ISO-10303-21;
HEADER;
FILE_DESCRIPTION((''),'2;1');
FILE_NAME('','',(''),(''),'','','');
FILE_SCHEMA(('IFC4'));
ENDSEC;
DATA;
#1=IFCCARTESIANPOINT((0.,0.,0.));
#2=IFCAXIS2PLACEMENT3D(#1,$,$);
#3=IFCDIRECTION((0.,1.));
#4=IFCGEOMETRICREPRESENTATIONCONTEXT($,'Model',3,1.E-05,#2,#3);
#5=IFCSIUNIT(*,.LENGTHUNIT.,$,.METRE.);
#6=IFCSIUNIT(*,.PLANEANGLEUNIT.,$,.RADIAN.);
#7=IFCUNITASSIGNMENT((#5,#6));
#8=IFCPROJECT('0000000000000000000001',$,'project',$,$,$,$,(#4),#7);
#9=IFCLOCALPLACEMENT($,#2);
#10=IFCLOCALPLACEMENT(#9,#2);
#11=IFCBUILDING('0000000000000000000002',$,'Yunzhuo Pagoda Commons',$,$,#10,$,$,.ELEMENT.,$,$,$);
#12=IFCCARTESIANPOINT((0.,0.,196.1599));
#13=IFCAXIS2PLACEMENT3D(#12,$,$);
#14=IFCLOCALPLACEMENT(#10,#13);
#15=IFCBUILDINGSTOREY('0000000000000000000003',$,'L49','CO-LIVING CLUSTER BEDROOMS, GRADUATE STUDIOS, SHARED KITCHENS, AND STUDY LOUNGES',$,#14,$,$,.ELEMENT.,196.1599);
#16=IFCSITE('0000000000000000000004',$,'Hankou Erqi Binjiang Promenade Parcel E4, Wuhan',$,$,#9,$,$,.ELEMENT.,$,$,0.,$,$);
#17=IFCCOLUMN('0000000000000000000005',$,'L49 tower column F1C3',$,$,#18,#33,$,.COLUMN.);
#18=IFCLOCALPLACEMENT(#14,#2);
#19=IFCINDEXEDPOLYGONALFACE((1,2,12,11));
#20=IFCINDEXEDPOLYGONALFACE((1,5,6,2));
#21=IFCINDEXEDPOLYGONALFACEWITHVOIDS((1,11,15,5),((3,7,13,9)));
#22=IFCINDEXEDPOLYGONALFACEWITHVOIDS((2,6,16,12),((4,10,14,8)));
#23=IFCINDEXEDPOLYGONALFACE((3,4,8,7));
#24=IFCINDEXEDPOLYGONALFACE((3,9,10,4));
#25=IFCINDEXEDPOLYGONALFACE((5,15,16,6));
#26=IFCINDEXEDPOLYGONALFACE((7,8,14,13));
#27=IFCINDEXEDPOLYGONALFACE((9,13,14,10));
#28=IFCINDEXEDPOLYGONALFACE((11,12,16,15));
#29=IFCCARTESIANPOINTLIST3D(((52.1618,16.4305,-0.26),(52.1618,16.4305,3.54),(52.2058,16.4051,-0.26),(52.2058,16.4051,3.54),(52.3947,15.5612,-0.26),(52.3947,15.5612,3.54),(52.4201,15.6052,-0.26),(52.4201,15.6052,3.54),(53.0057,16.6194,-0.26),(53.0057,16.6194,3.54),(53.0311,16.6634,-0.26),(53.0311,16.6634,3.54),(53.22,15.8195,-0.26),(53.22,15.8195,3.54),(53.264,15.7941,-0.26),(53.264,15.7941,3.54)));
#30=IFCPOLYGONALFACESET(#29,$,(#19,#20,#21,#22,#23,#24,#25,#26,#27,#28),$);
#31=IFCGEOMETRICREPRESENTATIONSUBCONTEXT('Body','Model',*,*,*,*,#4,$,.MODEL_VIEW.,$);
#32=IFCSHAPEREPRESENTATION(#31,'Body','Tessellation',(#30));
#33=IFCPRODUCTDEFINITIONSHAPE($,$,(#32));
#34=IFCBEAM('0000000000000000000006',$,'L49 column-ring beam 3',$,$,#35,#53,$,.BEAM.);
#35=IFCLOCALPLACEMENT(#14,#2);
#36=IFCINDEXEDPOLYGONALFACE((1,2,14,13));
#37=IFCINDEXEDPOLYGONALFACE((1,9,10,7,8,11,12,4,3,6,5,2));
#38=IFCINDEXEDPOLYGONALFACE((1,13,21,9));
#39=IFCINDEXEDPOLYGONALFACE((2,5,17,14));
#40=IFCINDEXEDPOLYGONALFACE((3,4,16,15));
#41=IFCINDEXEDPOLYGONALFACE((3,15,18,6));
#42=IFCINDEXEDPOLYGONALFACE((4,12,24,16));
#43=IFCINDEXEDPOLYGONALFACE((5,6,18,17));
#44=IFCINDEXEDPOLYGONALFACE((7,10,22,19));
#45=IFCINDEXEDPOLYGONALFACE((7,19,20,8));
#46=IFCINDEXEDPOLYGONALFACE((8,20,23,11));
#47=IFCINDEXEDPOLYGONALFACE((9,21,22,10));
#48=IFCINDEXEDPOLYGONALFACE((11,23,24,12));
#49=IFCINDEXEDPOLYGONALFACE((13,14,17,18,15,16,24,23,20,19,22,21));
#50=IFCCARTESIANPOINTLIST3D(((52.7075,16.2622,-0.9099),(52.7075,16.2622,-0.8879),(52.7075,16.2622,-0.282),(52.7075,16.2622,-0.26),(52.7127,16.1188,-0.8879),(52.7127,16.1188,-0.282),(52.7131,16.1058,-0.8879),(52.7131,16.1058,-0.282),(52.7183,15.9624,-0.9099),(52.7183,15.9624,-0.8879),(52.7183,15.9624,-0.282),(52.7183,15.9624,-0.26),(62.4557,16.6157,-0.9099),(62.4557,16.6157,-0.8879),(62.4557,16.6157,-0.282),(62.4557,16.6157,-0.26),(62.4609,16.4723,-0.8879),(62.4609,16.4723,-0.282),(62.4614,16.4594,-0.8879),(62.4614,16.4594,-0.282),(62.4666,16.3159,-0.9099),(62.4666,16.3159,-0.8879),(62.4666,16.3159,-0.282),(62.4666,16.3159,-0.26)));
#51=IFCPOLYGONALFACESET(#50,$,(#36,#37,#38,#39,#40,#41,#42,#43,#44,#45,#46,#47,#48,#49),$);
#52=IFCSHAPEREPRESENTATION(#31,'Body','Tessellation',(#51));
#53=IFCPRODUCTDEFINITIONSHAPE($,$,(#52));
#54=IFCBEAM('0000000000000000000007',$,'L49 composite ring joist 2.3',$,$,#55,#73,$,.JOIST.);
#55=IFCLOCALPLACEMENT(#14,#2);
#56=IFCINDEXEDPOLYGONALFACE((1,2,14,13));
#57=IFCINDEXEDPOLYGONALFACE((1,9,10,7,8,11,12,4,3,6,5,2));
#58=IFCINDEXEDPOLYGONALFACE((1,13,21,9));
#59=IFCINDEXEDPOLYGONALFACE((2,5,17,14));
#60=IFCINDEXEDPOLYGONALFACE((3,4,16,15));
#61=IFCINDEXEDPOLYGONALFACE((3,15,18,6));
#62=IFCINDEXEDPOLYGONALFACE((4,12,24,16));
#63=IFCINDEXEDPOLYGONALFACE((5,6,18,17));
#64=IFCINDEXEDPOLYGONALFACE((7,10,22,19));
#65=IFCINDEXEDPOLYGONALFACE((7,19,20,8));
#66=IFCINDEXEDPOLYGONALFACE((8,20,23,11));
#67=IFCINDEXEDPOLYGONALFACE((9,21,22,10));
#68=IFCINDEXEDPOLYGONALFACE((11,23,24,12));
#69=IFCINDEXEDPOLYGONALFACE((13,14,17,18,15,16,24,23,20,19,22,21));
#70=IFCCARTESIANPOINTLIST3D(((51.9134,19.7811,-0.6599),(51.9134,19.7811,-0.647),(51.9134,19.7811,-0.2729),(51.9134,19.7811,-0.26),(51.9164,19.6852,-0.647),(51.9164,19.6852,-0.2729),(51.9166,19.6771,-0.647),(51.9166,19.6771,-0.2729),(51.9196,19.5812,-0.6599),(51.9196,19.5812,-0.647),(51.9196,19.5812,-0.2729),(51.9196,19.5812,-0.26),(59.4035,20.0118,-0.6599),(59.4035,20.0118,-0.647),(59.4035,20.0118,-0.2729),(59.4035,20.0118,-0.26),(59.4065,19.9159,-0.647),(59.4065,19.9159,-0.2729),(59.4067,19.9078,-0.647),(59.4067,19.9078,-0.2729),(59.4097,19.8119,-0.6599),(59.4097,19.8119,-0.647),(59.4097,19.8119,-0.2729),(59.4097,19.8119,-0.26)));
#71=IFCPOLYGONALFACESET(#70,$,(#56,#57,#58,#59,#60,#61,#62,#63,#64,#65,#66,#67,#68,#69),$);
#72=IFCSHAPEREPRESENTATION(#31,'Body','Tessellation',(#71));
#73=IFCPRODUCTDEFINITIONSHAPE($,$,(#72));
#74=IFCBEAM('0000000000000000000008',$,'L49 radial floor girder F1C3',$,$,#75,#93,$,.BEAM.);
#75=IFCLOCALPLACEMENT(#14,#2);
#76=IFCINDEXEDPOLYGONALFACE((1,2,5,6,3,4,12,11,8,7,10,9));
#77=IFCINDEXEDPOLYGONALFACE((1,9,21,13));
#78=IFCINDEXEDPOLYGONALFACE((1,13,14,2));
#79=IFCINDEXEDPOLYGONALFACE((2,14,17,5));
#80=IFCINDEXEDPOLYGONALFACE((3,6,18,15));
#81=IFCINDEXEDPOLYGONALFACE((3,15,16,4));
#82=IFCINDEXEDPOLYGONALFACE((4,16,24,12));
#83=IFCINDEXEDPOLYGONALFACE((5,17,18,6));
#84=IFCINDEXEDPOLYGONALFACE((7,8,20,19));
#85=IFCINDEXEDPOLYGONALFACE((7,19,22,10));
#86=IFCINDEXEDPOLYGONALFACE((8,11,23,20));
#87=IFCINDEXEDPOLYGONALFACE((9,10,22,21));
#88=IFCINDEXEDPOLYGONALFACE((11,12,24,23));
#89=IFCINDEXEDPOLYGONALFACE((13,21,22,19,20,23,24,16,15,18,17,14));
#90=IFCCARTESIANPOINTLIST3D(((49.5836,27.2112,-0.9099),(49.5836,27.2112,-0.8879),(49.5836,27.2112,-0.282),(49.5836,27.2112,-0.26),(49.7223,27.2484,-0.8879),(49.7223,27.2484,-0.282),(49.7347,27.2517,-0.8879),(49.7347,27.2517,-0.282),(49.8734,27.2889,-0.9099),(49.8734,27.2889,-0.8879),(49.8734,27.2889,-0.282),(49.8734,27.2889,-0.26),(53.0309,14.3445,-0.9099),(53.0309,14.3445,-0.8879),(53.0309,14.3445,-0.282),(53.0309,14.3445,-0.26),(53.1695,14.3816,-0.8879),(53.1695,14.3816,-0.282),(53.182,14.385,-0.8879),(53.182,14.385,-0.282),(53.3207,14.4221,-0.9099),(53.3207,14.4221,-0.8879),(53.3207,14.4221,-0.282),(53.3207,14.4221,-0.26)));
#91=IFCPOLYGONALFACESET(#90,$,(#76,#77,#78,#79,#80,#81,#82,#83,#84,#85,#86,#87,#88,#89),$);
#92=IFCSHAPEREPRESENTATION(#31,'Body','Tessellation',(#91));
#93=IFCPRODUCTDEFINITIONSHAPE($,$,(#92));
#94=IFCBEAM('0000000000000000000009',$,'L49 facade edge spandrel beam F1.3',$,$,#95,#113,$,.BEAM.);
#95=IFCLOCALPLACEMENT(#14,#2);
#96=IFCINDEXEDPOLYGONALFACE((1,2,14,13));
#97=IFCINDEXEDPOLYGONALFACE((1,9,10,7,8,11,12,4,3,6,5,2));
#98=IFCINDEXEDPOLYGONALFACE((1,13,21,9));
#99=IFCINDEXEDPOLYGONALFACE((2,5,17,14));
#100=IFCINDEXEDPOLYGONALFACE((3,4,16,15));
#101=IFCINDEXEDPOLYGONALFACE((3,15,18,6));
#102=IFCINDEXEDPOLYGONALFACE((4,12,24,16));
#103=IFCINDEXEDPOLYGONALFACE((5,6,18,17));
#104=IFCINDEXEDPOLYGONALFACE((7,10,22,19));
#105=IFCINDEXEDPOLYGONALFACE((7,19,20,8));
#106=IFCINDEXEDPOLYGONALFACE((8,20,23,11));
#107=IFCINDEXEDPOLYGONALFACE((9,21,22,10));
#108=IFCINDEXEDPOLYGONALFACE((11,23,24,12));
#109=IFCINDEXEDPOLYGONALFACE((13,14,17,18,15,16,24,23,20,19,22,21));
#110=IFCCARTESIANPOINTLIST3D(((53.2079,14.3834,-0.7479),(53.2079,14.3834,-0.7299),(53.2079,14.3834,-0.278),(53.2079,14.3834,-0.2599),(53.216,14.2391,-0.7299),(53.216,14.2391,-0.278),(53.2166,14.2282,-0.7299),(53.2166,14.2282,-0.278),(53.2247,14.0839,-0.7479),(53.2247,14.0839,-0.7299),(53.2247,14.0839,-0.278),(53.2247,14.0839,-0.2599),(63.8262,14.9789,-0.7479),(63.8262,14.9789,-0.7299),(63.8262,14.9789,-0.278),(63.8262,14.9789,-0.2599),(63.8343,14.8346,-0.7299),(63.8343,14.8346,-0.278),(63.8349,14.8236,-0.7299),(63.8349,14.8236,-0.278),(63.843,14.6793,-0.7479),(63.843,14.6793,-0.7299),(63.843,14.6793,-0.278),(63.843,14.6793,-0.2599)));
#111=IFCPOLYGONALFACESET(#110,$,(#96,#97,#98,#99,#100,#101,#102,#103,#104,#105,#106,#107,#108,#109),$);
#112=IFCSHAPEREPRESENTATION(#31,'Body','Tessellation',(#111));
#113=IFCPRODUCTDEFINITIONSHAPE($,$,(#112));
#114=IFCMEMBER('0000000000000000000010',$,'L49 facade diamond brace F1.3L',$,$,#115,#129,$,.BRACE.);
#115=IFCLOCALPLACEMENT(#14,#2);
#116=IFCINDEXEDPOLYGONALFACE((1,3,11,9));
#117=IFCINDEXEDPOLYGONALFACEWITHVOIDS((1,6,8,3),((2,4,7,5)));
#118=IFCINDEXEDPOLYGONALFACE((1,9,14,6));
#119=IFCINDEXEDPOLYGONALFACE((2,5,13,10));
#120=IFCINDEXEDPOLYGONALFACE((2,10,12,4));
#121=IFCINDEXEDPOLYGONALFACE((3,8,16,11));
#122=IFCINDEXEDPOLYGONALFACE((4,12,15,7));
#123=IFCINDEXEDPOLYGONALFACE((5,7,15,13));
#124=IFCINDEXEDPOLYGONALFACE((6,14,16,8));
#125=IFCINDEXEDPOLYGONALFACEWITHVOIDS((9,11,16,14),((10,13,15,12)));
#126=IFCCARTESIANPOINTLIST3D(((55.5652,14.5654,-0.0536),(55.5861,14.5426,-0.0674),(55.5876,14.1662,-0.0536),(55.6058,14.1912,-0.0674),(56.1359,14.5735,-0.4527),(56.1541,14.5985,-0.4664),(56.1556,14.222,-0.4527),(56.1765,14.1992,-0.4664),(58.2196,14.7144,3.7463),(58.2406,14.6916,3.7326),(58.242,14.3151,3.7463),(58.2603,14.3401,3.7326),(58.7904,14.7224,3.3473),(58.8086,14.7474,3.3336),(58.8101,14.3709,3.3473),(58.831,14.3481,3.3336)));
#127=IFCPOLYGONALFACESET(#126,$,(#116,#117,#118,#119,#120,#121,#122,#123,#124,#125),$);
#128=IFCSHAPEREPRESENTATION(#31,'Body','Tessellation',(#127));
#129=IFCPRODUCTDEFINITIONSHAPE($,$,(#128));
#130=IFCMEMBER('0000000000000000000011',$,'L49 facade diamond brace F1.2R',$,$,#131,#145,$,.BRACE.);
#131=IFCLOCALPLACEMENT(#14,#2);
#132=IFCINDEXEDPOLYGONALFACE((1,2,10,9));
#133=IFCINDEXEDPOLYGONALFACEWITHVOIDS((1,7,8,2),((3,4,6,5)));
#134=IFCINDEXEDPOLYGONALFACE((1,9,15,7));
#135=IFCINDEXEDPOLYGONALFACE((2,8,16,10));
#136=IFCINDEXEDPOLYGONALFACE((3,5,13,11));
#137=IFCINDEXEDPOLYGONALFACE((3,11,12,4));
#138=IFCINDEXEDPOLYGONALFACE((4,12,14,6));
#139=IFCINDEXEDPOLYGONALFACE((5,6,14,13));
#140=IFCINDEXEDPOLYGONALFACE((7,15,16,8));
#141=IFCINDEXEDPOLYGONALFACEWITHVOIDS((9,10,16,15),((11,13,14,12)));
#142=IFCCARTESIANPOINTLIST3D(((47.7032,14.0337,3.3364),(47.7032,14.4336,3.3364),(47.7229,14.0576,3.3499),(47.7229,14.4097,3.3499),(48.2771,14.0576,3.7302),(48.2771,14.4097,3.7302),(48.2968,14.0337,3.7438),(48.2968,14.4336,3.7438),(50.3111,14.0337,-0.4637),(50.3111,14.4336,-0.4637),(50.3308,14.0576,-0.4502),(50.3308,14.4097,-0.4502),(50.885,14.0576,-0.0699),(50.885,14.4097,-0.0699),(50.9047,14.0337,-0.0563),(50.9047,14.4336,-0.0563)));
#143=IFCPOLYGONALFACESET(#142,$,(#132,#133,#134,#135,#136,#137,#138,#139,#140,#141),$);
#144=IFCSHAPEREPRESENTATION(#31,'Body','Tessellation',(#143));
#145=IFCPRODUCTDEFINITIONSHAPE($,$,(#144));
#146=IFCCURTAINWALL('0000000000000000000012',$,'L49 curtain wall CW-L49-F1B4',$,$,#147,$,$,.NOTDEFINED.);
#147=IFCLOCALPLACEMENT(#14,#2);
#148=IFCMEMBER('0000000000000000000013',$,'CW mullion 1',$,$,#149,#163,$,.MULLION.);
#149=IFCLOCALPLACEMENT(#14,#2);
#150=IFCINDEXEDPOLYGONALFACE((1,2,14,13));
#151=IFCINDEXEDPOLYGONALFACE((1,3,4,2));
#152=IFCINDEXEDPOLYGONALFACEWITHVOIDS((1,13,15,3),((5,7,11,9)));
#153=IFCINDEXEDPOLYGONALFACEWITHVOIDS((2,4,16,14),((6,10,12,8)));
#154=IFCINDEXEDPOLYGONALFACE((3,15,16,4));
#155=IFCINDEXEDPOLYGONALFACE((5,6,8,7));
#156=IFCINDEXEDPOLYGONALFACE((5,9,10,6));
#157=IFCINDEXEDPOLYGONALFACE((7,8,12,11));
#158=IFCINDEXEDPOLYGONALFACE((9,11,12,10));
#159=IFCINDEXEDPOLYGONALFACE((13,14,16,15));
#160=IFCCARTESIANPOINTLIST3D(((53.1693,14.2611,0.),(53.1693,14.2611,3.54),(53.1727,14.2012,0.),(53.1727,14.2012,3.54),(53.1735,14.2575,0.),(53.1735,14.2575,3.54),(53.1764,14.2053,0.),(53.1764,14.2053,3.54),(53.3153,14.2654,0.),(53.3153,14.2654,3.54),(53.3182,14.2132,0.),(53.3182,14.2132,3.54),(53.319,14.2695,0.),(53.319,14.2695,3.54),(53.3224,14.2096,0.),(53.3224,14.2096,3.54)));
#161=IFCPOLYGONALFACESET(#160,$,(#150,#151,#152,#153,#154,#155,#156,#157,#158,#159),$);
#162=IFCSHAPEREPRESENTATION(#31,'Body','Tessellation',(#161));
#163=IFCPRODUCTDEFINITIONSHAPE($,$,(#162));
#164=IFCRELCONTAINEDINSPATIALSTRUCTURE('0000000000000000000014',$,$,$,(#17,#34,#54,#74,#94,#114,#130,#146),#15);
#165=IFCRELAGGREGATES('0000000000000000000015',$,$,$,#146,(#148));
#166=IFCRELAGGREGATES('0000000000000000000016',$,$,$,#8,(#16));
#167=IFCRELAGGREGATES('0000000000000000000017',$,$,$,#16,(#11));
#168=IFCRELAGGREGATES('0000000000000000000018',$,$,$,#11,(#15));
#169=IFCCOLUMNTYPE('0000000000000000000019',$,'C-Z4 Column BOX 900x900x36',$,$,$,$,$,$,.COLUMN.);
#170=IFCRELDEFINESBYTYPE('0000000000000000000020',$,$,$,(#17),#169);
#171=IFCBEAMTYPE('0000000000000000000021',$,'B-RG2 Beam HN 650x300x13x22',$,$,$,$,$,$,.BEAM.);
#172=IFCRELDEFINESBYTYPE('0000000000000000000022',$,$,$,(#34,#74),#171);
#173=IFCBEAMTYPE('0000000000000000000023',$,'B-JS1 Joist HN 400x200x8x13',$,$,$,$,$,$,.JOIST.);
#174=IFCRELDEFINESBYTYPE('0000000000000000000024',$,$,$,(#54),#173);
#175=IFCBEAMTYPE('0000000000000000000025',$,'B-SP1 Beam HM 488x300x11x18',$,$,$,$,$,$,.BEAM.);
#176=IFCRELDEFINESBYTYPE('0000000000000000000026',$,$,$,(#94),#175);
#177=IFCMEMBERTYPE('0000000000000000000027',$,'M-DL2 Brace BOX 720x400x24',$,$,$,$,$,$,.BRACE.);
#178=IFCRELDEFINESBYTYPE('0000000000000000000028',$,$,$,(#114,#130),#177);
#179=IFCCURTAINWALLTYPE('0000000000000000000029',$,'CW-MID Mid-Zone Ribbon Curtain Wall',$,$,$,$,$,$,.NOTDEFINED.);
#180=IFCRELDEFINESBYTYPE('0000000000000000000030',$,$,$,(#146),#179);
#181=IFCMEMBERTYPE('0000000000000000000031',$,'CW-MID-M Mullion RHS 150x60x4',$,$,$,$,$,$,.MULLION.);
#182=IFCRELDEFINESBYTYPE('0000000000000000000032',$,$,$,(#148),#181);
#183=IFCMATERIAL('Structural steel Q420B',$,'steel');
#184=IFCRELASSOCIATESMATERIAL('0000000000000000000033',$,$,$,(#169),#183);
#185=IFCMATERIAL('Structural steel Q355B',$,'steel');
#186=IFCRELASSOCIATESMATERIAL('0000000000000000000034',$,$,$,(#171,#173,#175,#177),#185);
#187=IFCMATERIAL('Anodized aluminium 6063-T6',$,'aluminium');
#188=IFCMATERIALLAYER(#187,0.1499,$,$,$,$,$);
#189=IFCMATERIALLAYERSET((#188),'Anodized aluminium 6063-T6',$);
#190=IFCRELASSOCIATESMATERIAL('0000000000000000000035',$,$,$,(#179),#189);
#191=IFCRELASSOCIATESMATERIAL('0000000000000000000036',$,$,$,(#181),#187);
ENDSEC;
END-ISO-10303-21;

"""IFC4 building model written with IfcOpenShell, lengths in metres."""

from ifc_helpers import new_model, si_unit, direction, frame, origin, origin_2d, place, context, subcontext, project, spatial, hollow_rectangle, i_section, extrude, source, transform, mapped, material, layer, layer_set, material_profile, profile_set, type_object, element, aggregate, save


model = new_model("IFC4")

# Units and contexts
model_context = context("Model", 3, precision=1e-05, world=origin(), true_north=direction((0.0, 1.0)))
body_context = subcontext(model_context, "Body", "Model", "MODEL_VIEW")
ifc_project = project(units=[si_unit("LENGTHUNIT", "METRE"), si_unit("PLANEANGLEUNIT", "RADIAN")], contexts=[model_context])

# Site, building, storey
site_placement = place(None, origin())
site = spatial("IfcSite", under=ifc_project, at=site_placement, Name="Hankou Erqi Binjiang Promenade Parcel E4, Wuhan", CompositionType="ELEMENT", RefElevation=0.0)
building_placement = place(site_placement, origin())
building = spatial("IfcBuilding", under=site, at=building_placement, Name="Yunzhuo Pagoda Commons", CompositionType="ELEMENT")
storey_placement = place(building_placement, frame((0.0, 0.0, 196.1599)))
storey = spatial("IfcBuildingStorey", under=building, at=storey_placement, Name="L49", Description="CO-LIVING CLUSTER BEDROOMS, GRADUATE STUDIOS, SHARED KITCHENS, AND STUDY LOUNGES", CompositionType="ELEMENT", Elevation=196.1599)

# Column
ifc_material_1 = material(Name="Structural steel Q420B", Category="steel")
ifc_material_profile_1 = material_profile(ifc_material_1, hollow_rectangle(XDim=0.8999, YDim=0.8999, WallThickness=0.0359, at=origin_2d()), Name="Structural steel Q420B")
ifc_profile_set_1 = profile_set([ifc_material_profile_1], Name="Structural steel Q420B")
column_type = type_object("IfcColumnType", Name="C-Z4 Column BOX 900x900x36", PredefinedType="COLUMN", material=ifc_profile_set_1)
shared_shape_1 = source(origin(), body_context, "Body", "SweptSolid", [
    extrude(hollow_rectangle(XDim=0.8999, YDim=0.8999, WallThickness=0.0359, at=origin_2d()), origin(), (0.0, 0.0, 1.0), 3.8),
])
column_placement = place(storey_placement, frame((52.7129, 16.1123, -0.26), z_axis=(0.0, 0.0, 1.0), x_axis=(0.965926, 0.258819, 0.0)))
element("IfcColumn", 1, at=column_placement, inside=storey, type_object=column_type, Name="L49 tower column F1C3", PredefinedType="COLUMN", context=body_context, shape_type="MappedRepresentation", body=[
    mapped(shared_shape_1, transform((0.0, 0.0, 0.0), scale=1.0)),
])

# Beams
ifc_material_2 = material(Name="Structural steel Q355B", Category="steel")
ifc_material_profile_2 = material_profile(ifc_material_2, i_section(OverallWidth=0.3, OverallDepth=0.6499, WebThickness=0.0129, FlangeThickness=0.022, at=origin_2d()), Name="Structural steel Q355B")
ifc_profile_set_2 = profile_set([ifc_material_profile_2], Name="Structural steel Q355B")
beam_type_1 = type_object("IfcBeamType", Name="B-RG2 Beam HN 650x300x13x22", PredefinedType="BEAM", material=ifc_profile_set_2)
shared_shape_2 = source(origin(), body_context, "Body", "SweptSolid", [
    extrude(i_section(OverallWidth=0.3, OverallDepth=0.6499, WebThickness=0.0129, FlangeThickness=0.022, at=origin_2d()), origin(), (0.0, 0.0, 1.0), 9.7546),
])
beam_1_placement = place(storey_placement, frame((52.7129, 16.1123, -0.585), z_axis=(0.999343, 0.036241, 0.0), x_axis=(-0.036241, 0.999343, 0.0)))
element("IfcBeam", 2, at=beam_1_placement, inside=storey, type_object=beam_type_1, Name="L49 column-ring beam 3", PredefinedType="BEAM", context=body_context, shape_type="MappedRepresentation", body=[
    mapped(shared_shape_2, transform((0.0, 0.0, 0.0), scale=1.0)),
])
ifc_material_profile_3 = material_profile(ifc_material_2, i_section(OverallWidth=0.2, OverallDepth=0.3999, WebThickness=0.0081, FlangeThickness=0.0129, at=origin_2d()), Name="Structural steel Q355B")
ifc_profile_set_3 = profile_set([ifc_material_profile_3], Name="Structural steel Q355B")
beam_type_2 = type_object("IfcBeamType", Name="B-JS1 Joist HN 400x200x8x13", PredefinedType="JOIST", material=ifc_profile_set_3)
shared_shape_3 = source(origin(), body_context, "Body", "SweptSolid", [
    extrude(i_section(OverallWidth=0.2, OverallDepth=0.3999, WebThickness=0.0081, FlangeThickness=0.0129, at=origin_2d()), origin(), (0.0, 0.0, 1.0), 7.4937),
])
beam_2_placement = place(storey_placement, frame((51.9165, 19.6812, -0.46), z_axis=(0.999526, 0.030788, 0.0), x_axis=(-0.030788, 0.999526, 0.0)))
element("IfcBeam", 3, at=beam_2_placement, inside=storey, type_object=beam_type_2, Name="L49 composite ring joist 2.3", PredefinedType="JOIST", context=body_context, shape_type="MappedRepresentation", body=[
    mapped(shared_shape_3, transform((0.0, 0.0, 0.0), scale=1.0)),
])
shared_shape_4 = source(origin(), body_context, "Body", "SweptSolid", [
    extrude(i_section(OverallWidth=0.3, OverallDepth=0.6499, WebThickness=0.0129, FlangeThickness=0.022, at=origin_2d()), origin(), (0.0, 0.0, 1.0), 13.3206),
])
beam_3_placement = place(storey_placement, frame((53.1758, 14.3833, -0.585), z_axis=(-0.258794, 0.965933, 0.0), x_axis=(-0.965933, -0.258794, 0.0)))
element("IfcBeam", 4, at=beam_3_placement, inside=storey, type_object=beam_type_1, Name="L49 radial floor girder F1C3", PredefinedType="BEAM", context=body_context, shape_type="MappedRepresentation", body=[
    mapped(shared_shape_4, transform((0.0, 0.0, 0.0), scale=1.0)),
])
ifc_material_profile_4 = material_profile(ifc_material_2, i_section(OverallWidth=0.3, OverallDepth=0.488, WebThickness=0.011, FlangeThickness=0.0181, at=origin_2d()), Name="Structural steel Q355B")
ifc_profile_set_4 = profile_set([ifc_material_profile_4], Name="Structural steel Q355B")
beam_type_3 = type_object("IfcBeamType", Name="B-SP1 Beam HM 488x300x11x18", PredefinedType="BEAM", material=ifc_profile_set_4)
shared_shape_5 = source(origin(), body_context, "Body", "SweptSolid", [
    extrude(i_section(OverallWidth=0.3, OverallDepth=0.488, WebThickness=0.011, FlangeThickness=0.0181, at=origin_2d()), origin(), (0.0, 0.0, 1.0), 10.635),
])
beam_4_placement = place(storey_placement, frame((53.2163, 14.2336, -0.5039), z_axis=(0.998431, 0.05599, 0.0), x_axis=(-0.05599, 0.998431, 0.0)))
element("IfcBeam", 5, at=beam_4_placement, inside=storey, type_object=beam_type_3, Name="L49 facade edge spandrel beam F1.3", PredefinedType="BEAM", context=body_context, shape_type="MappedRepresentation", body=[
    mapped(shared_shape_5, transform((0.0, 0.0, 0.0), scale=1.0)),
])

# Members
ifc_material_profile_5 = material_profile(ifc_material_2, hollow_rectangle(XDim=0.3999, YDim=0.72, WallThickness=0.0239, at=origin_2d()), Name="Structural steel Q355B")
ifc_profile_set_5 = profile_set([ifc_material_profile_5], Name="Structural steel Q355B")
member_type_1 = type_object("IfcMemberType", Name="M-DL2 Brace BOX 720x400x24", PredefinedType="BRACE", material=ifc_profile_set_5)
shared_shape_6 = source(origin(), body_context, "Body", "SweptSolid", [
    extrude(hollow_rectangle(XDim=0.3999, YDim=0.72, WallThickness=0.0239, at=origin_2d()), origin(), (0.0, 0.0, 1.0), 4.6377),
])
member_1_placement = place(storey_placement, frame((55.8708, 14.3823, -0.26), z_axis=(0.572371, 0.032111, 0.819366), x_axis=(-0.056014, 0.99843, 0.0)))
element("IfcMember", 6, at=member_1_placement, inside=storey, type_object=member_type_1, Name="L49 facade diamond brace F1.3L", PredefinedType="BRACE", context=body_context, shape_type="MappedRepresentation", body=[
    mapped(shared_shape_6, transform((0.0, 0.0, 0.0), scale=1.0)),
])
shared_shape_7 = source(origin(), body_context, "Body", "SweptSolid", [
    extrude(hollow_rectangle(XDim=0.3999, YDim=0.72, WallThickness=0.0239, at=origin_2d()), origin(), (0.0, 0.0, 1.0), 4.6089),
])
member_2_placement = place(storey_placement, frame((50.6079, 14.2336, -0.26), z_axis=(-0.565847, 0.0, 0.82451), x_axis=(0.0, -1.0, 0.0)))
element("IfcMember", 7, at=member_2_placement, inside=storey, type_object=member_type_1, Name="L49 facade diamond brace F1.2R", PredefinedType="BRACE", context=body_context, shape_type="MappedRepresentation", body=[
    mapped(shared_shape_7, transform((0.0, 0.0, 0.0), scale=1.0)),
])

# Curtain wall, member
ifc_material_3 = material(Name="Anodized aluminium 6063-T6", Category="aluminium")
ifc_layer_1 = layer(ifc_material_3, 0.1499)
ifc_layer_set_1 = layer_set([ifc_layer_1], Name="Anodized aluminium 6063-T6")
curtain_wall_type = type_object("IfcCurtainWallType", Name="CW-MID Mid-Zone Ribbon Curtain Wall", PredefinedType="NOTDEFINED", material=ifc_layer_set_1)
curtain_wall_1_placement = place(storey_placement, origin())
curtain_wall_1 = element("IfcCurtainWall", 8, at=curtain_wall_1_placement, inside=storey, type_object=curtain_wall_type, Name="L49 curtain wall CW-L49-F1B4", PredefinedType="NOTDEFINED")
ifc_material_profile_6 = material_profile(ifc_material_3, hollow_rectangle(XDim=0.0601, YDim=0.1499, WallThickness=0.0039, at=origin_2d()), Name="Anodized aluminium 6063-T6")
ifc_profile_set_6 = profile_set([ifc_material_profile_6], Name="Anodized aluminium 6063-T6")
member_type_2 = type_object("IfcMemberType", Name="CW-MID-M Mullion RHS 150x60x4", PredefinedType="MULLION", material=ifc_profile_set_6)
shared_shape_8 = source(origin(), body_context, "Body", "SweptSolid", [
    extrude(hollow_rectangle(XDim=0.0601, YDim=0.1499, WallThickness=0.0039, at=origin_2d()), origin(), (0.0, 0.0, 1.0), 3.54),
])
member_3_placement = place(storey_placement, frame((53.2458, 14.2354, 0.0), z_axis=(0.0, 0.0, 1.0), x_axis=(-0.055983, 0.998432, 0.0)))
member_3 = element("IfcMember", 9, at=member_3_placement, type_object=member_type_2, Name="CW mullion 1", PredefinedType="MULLION", context=body_context, shape_type="MappedRepresentation", body=[
    mapped(shared_shape_8, transform((0.0, 0.0, 0.0), scale=1.0)),
])

aggregate(curtain_wall_1, [member_3])

save(model, "model.ifc")
